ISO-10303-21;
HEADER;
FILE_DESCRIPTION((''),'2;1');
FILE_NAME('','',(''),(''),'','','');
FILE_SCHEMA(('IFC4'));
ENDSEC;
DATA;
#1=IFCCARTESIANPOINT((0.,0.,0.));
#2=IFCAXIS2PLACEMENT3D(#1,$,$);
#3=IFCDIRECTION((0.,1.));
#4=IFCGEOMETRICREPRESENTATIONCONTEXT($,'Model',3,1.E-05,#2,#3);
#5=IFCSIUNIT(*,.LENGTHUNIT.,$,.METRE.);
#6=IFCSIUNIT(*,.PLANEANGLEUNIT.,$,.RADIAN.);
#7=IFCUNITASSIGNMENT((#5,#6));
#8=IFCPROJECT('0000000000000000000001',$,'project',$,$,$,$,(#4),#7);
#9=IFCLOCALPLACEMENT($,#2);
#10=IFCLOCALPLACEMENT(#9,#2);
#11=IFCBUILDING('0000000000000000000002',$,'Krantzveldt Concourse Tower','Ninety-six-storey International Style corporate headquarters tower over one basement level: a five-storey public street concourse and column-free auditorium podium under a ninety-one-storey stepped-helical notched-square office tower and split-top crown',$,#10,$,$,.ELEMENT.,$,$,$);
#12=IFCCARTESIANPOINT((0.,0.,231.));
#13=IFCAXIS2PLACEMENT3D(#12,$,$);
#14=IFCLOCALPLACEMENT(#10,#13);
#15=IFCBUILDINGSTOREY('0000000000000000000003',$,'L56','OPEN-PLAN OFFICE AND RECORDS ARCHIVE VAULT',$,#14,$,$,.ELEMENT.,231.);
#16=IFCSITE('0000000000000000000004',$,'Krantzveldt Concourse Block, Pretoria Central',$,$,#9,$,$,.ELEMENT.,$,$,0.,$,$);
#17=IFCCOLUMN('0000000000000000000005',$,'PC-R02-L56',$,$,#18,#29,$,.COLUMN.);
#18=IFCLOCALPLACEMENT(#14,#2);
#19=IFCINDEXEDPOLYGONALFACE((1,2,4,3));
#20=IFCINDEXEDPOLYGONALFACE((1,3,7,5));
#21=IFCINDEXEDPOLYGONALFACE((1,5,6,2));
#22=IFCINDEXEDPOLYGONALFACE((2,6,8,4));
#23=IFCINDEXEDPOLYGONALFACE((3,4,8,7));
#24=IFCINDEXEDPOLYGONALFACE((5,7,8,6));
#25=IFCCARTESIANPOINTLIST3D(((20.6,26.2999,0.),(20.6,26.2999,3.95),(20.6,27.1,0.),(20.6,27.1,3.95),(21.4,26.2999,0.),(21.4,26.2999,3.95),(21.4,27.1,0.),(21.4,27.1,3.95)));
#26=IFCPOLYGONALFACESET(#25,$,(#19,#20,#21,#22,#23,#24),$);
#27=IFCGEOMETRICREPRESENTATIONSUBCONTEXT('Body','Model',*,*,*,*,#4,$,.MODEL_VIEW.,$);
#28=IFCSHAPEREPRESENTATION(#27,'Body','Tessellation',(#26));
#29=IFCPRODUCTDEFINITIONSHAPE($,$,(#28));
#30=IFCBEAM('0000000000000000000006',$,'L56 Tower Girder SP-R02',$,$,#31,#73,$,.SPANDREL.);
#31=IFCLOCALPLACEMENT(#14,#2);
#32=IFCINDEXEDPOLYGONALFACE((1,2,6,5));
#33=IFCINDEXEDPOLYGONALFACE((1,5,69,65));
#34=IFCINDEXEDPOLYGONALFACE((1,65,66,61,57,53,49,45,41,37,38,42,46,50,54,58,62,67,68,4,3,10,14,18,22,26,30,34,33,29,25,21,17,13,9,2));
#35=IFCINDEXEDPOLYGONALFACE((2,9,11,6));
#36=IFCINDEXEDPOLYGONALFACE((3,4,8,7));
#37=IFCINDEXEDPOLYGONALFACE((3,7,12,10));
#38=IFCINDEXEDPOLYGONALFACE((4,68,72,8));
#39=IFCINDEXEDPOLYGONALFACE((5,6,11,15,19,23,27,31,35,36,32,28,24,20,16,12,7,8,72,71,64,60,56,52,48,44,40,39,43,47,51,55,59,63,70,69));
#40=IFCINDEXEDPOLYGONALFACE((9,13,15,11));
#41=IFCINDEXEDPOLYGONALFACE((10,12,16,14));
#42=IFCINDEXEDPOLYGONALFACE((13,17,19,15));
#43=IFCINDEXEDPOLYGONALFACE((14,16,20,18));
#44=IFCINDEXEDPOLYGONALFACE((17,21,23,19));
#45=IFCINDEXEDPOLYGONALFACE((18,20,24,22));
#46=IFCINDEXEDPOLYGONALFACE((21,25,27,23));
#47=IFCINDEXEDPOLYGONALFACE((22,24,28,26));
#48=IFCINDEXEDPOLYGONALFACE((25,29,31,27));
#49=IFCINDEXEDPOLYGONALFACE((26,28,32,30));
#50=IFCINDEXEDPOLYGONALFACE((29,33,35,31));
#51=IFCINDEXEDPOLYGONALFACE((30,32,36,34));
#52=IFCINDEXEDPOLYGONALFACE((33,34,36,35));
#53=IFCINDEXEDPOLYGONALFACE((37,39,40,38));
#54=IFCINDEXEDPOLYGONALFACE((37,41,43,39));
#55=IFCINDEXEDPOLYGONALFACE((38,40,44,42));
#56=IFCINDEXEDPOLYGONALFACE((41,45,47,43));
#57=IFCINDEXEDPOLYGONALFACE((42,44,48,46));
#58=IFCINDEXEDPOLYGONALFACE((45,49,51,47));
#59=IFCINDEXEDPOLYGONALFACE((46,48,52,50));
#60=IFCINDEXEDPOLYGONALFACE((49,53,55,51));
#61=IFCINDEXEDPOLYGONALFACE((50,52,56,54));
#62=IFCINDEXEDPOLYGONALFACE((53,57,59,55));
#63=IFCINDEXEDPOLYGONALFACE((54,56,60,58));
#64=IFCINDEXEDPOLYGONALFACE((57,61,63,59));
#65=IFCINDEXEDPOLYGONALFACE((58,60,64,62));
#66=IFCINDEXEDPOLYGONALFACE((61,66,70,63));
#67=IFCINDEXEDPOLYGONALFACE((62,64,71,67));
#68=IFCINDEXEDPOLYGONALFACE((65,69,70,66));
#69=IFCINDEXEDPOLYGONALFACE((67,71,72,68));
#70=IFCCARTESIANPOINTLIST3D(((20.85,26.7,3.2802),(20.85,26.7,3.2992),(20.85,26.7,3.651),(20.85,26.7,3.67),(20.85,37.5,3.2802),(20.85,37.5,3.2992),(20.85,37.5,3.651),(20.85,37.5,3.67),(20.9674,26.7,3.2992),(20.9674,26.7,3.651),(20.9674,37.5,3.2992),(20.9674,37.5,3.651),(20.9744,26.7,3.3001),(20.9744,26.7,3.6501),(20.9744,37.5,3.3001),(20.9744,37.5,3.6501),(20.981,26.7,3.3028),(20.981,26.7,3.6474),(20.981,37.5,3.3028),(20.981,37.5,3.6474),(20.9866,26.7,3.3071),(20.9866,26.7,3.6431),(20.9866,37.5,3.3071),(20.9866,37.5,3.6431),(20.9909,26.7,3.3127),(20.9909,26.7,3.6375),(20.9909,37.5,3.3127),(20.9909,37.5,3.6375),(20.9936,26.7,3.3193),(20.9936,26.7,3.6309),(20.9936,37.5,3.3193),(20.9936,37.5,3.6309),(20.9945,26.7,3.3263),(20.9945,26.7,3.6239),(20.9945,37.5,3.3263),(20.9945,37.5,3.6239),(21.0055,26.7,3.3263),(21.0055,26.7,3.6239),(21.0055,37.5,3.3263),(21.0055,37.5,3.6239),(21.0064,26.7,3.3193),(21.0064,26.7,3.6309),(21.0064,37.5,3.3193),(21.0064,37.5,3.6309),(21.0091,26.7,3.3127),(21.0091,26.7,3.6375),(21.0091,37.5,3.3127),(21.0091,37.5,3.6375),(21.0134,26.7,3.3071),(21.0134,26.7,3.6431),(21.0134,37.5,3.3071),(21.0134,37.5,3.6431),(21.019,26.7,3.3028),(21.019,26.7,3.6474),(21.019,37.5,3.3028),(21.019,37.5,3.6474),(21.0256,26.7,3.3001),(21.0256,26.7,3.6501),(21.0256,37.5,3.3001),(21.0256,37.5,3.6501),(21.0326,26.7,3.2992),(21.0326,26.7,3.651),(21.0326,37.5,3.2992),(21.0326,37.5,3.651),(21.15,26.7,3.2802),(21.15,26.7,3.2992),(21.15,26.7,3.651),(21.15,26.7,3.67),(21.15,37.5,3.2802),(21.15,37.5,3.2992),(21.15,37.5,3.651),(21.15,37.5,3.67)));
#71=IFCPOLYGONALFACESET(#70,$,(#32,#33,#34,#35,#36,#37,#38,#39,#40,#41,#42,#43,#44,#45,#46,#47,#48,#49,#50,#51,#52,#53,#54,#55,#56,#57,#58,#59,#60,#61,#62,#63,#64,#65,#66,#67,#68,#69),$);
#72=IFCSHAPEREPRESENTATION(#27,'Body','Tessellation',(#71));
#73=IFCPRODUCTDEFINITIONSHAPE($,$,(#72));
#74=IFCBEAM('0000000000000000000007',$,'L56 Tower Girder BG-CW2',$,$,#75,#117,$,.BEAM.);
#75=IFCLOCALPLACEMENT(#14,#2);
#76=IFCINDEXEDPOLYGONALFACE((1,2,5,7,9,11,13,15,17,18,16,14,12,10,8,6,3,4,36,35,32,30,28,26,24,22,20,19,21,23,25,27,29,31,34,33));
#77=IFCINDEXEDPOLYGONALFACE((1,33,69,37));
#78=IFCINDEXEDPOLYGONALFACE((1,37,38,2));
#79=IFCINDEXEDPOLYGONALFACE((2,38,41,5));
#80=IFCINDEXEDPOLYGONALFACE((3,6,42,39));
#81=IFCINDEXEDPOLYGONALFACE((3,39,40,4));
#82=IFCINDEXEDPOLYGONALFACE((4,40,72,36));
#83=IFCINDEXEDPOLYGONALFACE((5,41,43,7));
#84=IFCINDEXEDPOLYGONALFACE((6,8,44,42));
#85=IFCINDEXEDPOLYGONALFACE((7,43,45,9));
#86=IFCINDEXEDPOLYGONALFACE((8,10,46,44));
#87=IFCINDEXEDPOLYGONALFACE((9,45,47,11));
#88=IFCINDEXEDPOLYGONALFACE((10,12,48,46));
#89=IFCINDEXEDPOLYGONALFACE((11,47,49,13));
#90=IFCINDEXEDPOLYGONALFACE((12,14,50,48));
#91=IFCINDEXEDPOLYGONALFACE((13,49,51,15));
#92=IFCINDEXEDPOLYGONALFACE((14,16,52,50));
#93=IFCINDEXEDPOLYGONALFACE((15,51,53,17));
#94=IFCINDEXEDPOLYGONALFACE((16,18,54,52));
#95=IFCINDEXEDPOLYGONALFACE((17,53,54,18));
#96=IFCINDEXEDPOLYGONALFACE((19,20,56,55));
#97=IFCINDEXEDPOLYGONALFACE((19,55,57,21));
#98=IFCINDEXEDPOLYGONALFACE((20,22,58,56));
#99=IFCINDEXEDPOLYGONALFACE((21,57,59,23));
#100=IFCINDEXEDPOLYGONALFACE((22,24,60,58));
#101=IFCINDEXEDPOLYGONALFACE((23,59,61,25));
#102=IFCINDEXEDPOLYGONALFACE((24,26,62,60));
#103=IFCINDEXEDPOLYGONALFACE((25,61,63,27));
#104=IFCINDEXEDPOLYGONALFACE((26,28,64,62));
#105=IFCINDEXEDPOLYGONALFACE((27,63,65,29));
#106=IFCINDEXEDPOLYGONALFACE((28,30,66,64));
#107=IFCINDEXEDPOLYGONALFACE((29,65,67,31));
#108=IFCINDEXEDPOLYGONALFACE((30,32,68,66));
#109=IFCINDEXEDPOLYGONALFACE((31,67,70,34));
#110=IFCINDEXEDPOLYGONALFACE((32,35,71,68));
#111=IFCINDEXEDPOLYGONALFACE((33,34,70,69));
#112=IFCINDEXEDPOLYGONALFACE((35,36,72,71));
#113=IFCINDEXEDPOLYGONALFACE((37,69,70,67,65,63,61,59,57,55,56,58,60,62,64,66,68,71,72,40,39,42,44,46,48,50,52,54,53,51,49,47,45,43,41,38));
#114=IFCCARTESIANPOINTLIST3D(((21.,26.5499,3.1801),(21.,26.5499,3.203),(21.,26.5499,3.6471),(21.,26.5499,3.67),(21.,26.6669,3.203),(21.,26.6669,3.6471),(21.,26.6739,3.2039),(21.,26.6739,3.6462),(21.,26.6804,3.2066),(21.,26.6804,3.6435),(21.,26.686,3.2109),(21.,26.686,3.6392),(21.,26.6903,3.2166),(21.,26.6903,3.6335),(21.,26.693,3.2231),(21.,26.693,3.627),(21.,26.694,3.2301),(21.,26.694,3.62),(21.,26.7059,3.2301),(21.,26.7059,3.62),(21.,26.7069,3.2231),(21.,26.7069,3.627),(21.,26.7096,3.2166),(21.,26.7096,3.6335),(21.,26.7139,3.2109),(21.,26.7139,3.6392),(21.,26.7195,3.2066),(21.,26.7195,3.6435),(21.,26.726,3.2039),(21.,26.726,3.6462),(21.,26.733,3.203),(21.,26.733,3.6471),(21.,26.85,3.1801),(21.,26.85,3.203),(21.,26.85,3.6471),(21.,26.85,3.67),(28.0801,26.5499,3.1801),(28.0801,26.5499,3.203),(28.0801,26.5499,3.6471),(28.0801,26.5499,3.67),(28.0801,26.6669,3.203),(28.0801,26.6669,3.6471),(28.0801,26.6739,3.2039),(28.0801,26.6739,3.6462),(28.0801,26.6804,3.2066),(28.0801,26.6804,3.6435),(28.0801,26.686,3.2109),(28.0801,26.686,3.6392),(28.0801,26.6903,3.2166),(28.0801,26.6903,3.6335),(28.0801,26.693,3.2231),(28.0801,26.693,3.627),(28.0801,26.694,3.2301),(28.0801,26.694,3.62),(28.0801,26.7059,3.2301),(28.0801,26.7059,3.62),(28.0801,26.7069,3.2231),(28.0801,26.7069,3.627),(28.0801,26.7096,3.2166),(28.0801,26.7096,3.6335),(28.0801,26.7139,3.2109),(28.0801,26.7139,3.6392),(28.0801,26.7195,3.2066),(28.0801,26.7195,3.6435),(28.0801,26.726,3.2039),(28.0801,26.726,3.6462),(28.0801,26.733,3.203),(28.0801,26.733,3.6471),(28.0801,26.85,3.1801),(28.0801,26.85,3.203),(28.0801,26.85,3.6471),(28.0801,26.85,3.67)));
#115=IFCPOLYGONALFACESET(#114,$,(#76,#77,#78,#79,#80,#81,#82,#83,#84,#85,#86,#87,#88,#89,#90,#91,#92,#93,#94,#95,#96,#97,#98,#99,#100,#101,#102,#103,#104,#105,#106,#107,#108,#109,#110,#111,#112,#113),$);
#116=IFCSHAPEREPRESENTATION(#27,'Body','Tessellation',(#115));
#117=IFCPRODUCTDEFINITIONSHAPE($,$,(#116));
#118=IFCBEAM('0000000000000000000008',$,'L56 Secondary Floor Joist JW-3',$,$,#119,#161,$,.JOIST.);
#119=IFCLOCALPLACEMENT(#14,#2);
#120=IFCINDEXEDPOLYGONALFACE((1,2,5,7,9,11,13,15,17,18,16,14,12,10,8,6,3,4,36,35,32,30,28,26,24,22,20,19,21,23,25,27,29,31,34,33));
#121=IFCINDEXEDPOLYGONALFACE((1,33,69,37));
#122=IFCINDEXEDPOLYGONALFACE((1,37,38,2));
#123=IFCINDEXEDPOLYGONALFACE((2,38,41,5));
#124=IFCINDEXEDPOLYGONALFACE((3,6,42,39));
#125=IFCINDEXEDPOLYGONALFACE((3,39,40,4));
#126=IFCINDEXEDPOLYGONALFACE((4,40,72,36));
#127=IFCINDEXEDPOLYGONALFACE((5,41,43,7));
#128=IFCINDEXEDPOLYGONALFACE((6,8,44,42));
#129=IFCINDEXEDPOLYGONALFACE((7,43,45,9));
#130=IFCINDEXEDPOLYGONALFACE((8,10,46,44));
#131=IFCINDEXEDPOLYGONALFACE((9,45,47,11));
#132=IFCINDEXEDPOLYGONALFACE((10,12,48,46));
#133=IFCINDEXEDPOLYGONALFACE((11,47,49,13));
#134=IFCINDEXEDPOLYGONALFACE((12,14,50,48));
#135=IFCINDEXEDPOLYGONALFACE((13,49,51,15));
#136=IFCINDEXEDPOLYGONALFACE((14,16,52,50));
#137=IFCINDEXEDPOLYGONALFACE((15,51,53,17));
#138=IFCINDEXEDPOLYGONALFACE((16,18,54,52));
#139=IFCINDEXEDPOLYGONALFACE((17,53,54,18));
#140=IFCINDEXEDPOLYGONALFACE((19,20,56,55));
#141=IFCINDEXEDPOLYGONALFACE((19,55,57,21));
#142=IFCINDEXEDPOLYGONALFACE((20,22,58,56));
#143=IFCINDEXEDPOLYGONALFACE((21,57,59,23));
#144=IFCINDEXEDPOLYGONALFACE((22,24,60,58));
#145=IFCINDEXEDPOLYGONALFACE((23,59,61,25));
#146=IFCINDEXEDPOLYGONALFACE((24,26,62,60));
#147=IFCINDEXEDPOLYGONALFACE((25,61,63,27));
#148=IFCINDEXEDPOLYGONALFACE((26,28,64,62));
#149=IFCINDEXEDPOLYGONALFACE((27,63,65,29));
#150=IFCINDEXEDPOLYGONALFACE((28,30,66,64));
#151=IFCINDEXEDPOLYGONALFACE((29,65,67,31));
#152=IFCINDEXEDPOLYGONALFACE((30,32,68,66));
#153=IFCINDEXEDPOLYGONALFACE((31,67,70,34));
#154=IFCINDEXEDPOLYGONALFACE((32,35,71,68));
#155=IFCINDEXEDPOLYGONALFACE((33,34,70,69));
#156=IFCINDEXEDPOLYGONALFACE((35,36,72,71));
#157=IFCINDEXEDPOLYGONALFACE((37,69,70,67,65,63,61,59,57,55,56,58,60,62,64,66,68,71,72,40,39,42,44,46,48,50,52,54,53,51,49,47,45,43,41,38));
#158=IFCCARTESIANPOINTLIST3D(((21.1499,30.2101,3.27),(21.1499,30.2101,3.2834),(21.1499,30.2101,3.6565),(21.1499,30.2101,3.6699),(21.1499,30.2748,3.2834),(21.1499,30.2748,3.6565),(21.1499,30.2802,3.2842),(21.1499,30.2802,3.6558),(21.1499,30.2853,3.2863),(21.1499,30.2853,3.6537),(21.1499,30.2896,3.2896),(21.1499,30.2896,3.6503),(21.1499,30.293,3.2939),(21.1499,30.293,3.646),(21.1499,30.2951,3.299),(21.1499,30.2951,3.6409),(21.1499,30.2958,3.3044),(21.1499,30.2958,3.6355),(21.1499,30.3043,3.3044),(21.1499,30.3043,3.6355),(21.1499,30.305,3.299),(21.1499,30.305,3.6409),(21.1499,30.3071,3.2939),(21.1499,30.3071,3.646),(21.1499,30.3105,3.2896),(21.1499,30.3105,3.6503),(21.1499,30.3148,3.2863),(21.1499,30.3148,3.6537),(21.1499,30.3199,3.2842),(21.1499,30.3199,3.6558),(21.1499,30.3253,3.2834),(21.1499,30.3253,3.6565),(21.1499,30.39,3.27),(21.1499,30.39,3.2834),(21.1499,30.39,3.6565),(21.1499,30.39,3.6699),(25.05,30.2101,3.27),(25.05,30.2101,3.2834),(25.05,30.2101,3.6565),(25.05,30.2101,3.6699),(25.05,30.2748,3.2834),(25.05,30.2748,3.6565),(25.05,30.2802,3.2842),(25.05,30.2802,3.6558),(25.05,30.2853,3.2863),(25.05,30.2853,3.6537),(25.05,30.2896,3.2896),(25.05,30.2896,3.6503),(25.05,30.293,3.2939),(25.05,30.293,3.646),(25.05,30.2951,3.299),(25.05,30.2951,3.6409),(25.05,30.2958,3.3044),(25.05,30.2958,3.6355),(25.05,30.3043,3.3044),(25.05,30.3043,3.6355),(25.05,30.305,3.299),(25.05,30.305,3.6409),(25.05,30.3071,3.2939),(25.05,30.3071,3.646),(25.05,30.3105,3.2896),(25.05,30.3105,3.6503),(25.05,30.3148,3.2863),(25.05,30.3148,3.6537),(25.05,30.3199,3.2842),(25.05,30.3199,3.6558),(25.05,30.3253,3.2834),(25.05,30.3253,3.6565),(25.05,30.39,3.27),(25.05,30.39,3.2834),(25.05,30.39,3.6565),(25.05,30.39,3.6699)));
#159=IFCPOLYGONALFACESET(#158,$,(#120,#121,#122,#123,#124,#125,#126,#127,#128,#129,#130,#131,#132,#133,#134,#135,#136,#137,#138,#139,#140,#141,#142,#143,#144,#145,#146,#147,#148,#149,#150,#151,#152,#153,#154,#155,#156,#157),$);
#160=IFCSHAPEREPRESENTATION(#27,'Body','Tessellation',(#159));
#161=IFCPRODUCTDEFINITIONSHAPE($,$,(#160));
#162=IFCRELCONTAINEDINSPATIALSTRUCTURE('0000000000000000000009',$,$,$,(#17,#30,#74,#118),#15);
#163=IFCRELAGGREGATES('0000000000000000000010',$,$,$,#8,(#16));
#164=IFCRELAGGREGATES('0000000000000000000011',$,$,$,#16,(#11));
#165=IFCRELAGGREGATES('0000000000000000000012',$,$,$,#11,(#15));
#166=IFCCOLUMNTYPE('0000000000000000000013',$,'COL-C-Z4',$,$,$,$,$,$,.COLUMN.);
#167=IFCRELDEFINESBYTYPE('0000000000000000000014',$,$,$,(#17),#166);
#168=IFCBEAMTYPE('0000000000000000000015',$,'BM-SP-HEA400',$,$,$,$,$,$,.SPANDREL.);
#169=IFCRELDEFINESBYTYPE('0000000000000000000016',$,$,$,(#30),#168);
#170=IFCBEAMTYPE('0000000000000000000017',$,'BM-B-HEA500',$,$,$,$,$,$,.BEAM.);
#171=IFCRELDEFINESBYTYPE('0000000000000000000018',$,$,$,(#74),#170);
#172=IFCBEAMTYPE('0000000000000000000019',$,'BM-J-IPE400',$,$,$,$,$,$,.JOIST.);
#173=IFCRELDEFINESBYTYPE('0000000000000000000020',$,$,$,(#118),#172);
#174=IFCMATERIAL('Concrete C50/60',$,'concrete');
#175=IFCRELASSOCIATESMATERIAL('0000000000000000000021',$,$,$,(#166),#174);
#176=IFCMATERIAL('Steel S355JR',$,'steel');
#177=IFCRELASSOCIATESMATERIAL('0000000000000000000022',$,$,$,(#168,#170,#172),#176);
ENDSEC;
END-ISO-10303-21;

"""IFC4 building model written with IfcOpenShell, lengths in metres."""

from ifc_helpers import new_model, si_unit, direction, frame, origin, origin_2d, place, context, subcontext, project, spatial, rectangle, i_section, extrude, source, transform, mapped, material, material_profile, profile_set, type_object, type_shapes, element, save


model = new_model("IFC4")

# Units and contexts
model_context = context("Model", 3, precision=1e-05, world=origin(), true_north=direction((0.0, 1.0)))
body_context = subcontext(model_context, "Body", "Model", "MODEL_VIEW")
ifc_project = project(units=[si_unit("LENGTHUNIT", "METRE"), si_unit("PLANEANGLEUNIT", "RADIAN")], contexts=[model_context])

# Site, building, storey
site_placement = place(None, origin())
site = spatial("IfcSite", under=ifc_project, at=site_placement, Name="Krantzveldt Concourse Block, Pretoria Central", CompositionType="ELEMENT", RefElevation=0.0)
building_placement = place(site_placement, origin())
building = spatial("IfcBuilding", under=site, at=building_placement, Name="Krantzveldt Concourse Tower", Description="Ninety-six-storey International Style corporate headquarters tower over one basement level: a five-storey public street concourse and column-free auditorium podium under a ninety-one-storey stepped-helical notched-square office tower and split-top crown", CompositionType="ELEMENT")
storey_placement = place(building_placement, frame((0.0, 0.0, 231.0)))
storey = spatial("IfcBuildingStorey", under=building, at=storey_placement, Name="L56", Description="OPEN-PLAN OFFICE AND RECORDS ARCHIVE VAULT", CompositionType="ELEMENT", Elevation=231.0)

# Column
ifc_material_1 = material(Name="Concrete C50/60", Category="concrete")
ifc_material_profile_1 = material_profile(ifc_material_1, rectangle(XDim=0.8, YDim=0.8, at=origin_2d()), Name="Concrete C50/60", Category="concrete")
ifc_profile_set_1 = profile_set([ifc_material_profile_1], Name="Concrete C50/60 - RC 800x800")
column_type = type_object("IfcColumnType", Name="COL-C-Z4", PredefinedType="COLUMN", material=ifc_profile_set_1)
shared_shape_1 = source(origin(), body_context, "Body", "SweptSolid", [
    extrude(rectangle(XDim=0.8, YDim=0.8, at=origin_2d()), origin(), (0.0, 0.0, 1.0), 3.95),
])
type_shapes(column_type, [shared_shape_1])
column_placement = place(storey_placement, frame((21.0, 26.7, 0.0), z_axis=(0.0, 0.0, 1.0), x_axis=(1.0, 0.0, 0.0)))
element("IfcColumn", 1, at=column_placement, inside=storey, type_object=column_type, Name="PC-R02-L56", PredefinedType="COLUMN", context=body_context, shape_type="MappedRepresentation", body=[
    mapped(shared_shape_1, transform((0.0, 0.0, 0.0), x_axis=(1.0, 0.0, 0.0), y_axis=(0.0, 1.0, 0.0), z_axis=(0.0, 0.0, 1.0), scale=1.0)),
])

# Beams
ifc_material_2 = material(Name="Steel S355JR", Category="steel")
ifc_material_profile_2 = material_profile(ifc_material_2, i_section(OverallWidth=0.3, OverallDepth=0.3899, WebThickness=0.011, FlangeThickness=0.019, FilletRadius=0.0271, at=origin_2d()), Name="Steel S355JR", Category="steel")
ifc_profile_set_2 = profile_set([ifc_material_profile_2], Name="Steel S355JR - HEA 400")
beam_type_1 = type_object("IfcBeamType", Name="BM-SP-HEA400", PredefinedType="SPANDREL", material=ifc_profile_set_2)
shared_shape_2 = source(origin(), body_context, "Body", "SweptSolid", [
    extrude(i_section(OverallWidth=0.3, OverallDepth=0.3899, WebThickness=0.011, FlangeThickness=0.019, FilletRadius=0.0271, at=origin_2d()), origin(), (0.0, 0.0, 1.0), 10.8),
])
type_shapes(beam_type_1, [shared_shape_2])
beam_1_placement = place(storey_placement, frame((21.0, 26.7, 3.4751), z_axis=(0.0, 1.0, 0.0), x_axis=(-1.0, 0.0, 0.0)))
element("IfcBeam", 2, at=beam_1_placement, inside=storey, type_object=beam_type_1, Name="L56 Tower Girder SP-R02", PredefinedType="SPANDREL", context=body_context, shape_type="MappedRepresentation", body=[
    mapped(shared_shape_2, transform((0.0, 0.0, 0.0), x_axis=(1.0, 0.0, 0.0), y_axis=(0.0, 1.0, 0.0), z_axis=(0.0, 0.0, 1.0), scale=1.0)),
])
ifc_material_profile_3 = material_profile(ifc_material_2, i_section(OverallWidth=0.3, OverallDepth=0.49, WebThickness=0.012, FlangeThickness=0.0229, FilletRadius=0.0271, at=origin_2d()), Name="Steel S355JR", Category="steel")
ifc_profile_set_3 = profile_set([ifc_material_profile_3], Name="Steel S355JR - HEA 500")
beam_type_2 = type_object("IfcBeamType", Name="BM-B-HEA500", PredefinedType="BEAM", material=ifc_profile_set_3)
shared_shape_3 = source(origin(), body_context, "Body", "SweptSolid", [
    extrude(i_section(OverallWidth=0.3, OverallDepth=0.49, WebThickness=0.012, FlangeThickness=0.0229, FilletRadius=0.0271, at=origin_2d()), origin(), (0.0, 0.0, 1.0), 7.0801),
])
type_shapes(beam_type_2, [shared_shape_3])
beam_2_placement = place(storey_placement, frame((21.0, 26.7, 3.425), z_axis=(1.0, 0.0, 0.0), x_axis=(0.0, 1.0, 0.0)))
element("IfcBeam", 3, at=beam_2_placement, inside=storey, type_object=beam_type_2, Name="L56 Tower Girder BG-CW2", PredefinedType="BEAM", context=body_context, shape_type="MappedRepresentation", body=[
    mapped(shared_shape_3, transform((0.0, 0.0, 0.0), x_axis=(1.0, 0.0, 0.0), y_axis=(0.0, 1.0, 0.0), z_axis=(0.0, 0.0, 1.0), scale=1.0)),
])
ifc_material_profile_4 = material_profile(ifc_material_2, i_section(OverallWidth=0.1799, OverallDepth=0.3999, WebThickness=0.0085, FlangeThickness=0.0134, FilletRadius=0.021, at=origin_2d()), Name="Steel S355JR", Category="steel")
ifc_profile_set_4 = profile_set([ifc_material_profile_4], Name="Steel S355JR - IPE 400")
beam_type_3 = type_object("IfcBeamType", Name="BM-J-IPE400", PredefinedType="JOIST", material=ifc_profile_set_4)
shared_shape_4 = source(origin(), body_context, "Body", "SweptSolid", [
    extrude(i_section(OverallWidth=0.1799, OverallDepth=0.3999, WebThickness=0.0085, FlangeThickness=0.0134, FilletRadius=0.021, at=origin_2d()), origin(), (0.0, 0.0, 1.0), 3.9001),
])
type_shapes(beam_type_3, [shared_shape_4])
beam_3_placement = place(storey_placement, frame((21.1499, 30.3, 3.47), z_axis=(1.0, 0.0, 0.0), x_axis=(0.0, 1.0, 0.0)))
element("IfcBeam", 4, at=beam_3_placement, inside=storey, type_object=beam_type_3, Name="L56 Secondary Floor Joist JW-3", PredefinedType="JOIST", context=body_context, shape_type="MappedRepresentation", body=[
    mapped(shared_shape_4, transform((0.0, 0.0, 0.0), x_axis=(1.0, 0.0, 0.0), y_axis=(0.0, 1.0, 0.0), z_axis=(0.0, 0.0, 1.0), scale=1.0)),
])

save(model, "model.ifc")
